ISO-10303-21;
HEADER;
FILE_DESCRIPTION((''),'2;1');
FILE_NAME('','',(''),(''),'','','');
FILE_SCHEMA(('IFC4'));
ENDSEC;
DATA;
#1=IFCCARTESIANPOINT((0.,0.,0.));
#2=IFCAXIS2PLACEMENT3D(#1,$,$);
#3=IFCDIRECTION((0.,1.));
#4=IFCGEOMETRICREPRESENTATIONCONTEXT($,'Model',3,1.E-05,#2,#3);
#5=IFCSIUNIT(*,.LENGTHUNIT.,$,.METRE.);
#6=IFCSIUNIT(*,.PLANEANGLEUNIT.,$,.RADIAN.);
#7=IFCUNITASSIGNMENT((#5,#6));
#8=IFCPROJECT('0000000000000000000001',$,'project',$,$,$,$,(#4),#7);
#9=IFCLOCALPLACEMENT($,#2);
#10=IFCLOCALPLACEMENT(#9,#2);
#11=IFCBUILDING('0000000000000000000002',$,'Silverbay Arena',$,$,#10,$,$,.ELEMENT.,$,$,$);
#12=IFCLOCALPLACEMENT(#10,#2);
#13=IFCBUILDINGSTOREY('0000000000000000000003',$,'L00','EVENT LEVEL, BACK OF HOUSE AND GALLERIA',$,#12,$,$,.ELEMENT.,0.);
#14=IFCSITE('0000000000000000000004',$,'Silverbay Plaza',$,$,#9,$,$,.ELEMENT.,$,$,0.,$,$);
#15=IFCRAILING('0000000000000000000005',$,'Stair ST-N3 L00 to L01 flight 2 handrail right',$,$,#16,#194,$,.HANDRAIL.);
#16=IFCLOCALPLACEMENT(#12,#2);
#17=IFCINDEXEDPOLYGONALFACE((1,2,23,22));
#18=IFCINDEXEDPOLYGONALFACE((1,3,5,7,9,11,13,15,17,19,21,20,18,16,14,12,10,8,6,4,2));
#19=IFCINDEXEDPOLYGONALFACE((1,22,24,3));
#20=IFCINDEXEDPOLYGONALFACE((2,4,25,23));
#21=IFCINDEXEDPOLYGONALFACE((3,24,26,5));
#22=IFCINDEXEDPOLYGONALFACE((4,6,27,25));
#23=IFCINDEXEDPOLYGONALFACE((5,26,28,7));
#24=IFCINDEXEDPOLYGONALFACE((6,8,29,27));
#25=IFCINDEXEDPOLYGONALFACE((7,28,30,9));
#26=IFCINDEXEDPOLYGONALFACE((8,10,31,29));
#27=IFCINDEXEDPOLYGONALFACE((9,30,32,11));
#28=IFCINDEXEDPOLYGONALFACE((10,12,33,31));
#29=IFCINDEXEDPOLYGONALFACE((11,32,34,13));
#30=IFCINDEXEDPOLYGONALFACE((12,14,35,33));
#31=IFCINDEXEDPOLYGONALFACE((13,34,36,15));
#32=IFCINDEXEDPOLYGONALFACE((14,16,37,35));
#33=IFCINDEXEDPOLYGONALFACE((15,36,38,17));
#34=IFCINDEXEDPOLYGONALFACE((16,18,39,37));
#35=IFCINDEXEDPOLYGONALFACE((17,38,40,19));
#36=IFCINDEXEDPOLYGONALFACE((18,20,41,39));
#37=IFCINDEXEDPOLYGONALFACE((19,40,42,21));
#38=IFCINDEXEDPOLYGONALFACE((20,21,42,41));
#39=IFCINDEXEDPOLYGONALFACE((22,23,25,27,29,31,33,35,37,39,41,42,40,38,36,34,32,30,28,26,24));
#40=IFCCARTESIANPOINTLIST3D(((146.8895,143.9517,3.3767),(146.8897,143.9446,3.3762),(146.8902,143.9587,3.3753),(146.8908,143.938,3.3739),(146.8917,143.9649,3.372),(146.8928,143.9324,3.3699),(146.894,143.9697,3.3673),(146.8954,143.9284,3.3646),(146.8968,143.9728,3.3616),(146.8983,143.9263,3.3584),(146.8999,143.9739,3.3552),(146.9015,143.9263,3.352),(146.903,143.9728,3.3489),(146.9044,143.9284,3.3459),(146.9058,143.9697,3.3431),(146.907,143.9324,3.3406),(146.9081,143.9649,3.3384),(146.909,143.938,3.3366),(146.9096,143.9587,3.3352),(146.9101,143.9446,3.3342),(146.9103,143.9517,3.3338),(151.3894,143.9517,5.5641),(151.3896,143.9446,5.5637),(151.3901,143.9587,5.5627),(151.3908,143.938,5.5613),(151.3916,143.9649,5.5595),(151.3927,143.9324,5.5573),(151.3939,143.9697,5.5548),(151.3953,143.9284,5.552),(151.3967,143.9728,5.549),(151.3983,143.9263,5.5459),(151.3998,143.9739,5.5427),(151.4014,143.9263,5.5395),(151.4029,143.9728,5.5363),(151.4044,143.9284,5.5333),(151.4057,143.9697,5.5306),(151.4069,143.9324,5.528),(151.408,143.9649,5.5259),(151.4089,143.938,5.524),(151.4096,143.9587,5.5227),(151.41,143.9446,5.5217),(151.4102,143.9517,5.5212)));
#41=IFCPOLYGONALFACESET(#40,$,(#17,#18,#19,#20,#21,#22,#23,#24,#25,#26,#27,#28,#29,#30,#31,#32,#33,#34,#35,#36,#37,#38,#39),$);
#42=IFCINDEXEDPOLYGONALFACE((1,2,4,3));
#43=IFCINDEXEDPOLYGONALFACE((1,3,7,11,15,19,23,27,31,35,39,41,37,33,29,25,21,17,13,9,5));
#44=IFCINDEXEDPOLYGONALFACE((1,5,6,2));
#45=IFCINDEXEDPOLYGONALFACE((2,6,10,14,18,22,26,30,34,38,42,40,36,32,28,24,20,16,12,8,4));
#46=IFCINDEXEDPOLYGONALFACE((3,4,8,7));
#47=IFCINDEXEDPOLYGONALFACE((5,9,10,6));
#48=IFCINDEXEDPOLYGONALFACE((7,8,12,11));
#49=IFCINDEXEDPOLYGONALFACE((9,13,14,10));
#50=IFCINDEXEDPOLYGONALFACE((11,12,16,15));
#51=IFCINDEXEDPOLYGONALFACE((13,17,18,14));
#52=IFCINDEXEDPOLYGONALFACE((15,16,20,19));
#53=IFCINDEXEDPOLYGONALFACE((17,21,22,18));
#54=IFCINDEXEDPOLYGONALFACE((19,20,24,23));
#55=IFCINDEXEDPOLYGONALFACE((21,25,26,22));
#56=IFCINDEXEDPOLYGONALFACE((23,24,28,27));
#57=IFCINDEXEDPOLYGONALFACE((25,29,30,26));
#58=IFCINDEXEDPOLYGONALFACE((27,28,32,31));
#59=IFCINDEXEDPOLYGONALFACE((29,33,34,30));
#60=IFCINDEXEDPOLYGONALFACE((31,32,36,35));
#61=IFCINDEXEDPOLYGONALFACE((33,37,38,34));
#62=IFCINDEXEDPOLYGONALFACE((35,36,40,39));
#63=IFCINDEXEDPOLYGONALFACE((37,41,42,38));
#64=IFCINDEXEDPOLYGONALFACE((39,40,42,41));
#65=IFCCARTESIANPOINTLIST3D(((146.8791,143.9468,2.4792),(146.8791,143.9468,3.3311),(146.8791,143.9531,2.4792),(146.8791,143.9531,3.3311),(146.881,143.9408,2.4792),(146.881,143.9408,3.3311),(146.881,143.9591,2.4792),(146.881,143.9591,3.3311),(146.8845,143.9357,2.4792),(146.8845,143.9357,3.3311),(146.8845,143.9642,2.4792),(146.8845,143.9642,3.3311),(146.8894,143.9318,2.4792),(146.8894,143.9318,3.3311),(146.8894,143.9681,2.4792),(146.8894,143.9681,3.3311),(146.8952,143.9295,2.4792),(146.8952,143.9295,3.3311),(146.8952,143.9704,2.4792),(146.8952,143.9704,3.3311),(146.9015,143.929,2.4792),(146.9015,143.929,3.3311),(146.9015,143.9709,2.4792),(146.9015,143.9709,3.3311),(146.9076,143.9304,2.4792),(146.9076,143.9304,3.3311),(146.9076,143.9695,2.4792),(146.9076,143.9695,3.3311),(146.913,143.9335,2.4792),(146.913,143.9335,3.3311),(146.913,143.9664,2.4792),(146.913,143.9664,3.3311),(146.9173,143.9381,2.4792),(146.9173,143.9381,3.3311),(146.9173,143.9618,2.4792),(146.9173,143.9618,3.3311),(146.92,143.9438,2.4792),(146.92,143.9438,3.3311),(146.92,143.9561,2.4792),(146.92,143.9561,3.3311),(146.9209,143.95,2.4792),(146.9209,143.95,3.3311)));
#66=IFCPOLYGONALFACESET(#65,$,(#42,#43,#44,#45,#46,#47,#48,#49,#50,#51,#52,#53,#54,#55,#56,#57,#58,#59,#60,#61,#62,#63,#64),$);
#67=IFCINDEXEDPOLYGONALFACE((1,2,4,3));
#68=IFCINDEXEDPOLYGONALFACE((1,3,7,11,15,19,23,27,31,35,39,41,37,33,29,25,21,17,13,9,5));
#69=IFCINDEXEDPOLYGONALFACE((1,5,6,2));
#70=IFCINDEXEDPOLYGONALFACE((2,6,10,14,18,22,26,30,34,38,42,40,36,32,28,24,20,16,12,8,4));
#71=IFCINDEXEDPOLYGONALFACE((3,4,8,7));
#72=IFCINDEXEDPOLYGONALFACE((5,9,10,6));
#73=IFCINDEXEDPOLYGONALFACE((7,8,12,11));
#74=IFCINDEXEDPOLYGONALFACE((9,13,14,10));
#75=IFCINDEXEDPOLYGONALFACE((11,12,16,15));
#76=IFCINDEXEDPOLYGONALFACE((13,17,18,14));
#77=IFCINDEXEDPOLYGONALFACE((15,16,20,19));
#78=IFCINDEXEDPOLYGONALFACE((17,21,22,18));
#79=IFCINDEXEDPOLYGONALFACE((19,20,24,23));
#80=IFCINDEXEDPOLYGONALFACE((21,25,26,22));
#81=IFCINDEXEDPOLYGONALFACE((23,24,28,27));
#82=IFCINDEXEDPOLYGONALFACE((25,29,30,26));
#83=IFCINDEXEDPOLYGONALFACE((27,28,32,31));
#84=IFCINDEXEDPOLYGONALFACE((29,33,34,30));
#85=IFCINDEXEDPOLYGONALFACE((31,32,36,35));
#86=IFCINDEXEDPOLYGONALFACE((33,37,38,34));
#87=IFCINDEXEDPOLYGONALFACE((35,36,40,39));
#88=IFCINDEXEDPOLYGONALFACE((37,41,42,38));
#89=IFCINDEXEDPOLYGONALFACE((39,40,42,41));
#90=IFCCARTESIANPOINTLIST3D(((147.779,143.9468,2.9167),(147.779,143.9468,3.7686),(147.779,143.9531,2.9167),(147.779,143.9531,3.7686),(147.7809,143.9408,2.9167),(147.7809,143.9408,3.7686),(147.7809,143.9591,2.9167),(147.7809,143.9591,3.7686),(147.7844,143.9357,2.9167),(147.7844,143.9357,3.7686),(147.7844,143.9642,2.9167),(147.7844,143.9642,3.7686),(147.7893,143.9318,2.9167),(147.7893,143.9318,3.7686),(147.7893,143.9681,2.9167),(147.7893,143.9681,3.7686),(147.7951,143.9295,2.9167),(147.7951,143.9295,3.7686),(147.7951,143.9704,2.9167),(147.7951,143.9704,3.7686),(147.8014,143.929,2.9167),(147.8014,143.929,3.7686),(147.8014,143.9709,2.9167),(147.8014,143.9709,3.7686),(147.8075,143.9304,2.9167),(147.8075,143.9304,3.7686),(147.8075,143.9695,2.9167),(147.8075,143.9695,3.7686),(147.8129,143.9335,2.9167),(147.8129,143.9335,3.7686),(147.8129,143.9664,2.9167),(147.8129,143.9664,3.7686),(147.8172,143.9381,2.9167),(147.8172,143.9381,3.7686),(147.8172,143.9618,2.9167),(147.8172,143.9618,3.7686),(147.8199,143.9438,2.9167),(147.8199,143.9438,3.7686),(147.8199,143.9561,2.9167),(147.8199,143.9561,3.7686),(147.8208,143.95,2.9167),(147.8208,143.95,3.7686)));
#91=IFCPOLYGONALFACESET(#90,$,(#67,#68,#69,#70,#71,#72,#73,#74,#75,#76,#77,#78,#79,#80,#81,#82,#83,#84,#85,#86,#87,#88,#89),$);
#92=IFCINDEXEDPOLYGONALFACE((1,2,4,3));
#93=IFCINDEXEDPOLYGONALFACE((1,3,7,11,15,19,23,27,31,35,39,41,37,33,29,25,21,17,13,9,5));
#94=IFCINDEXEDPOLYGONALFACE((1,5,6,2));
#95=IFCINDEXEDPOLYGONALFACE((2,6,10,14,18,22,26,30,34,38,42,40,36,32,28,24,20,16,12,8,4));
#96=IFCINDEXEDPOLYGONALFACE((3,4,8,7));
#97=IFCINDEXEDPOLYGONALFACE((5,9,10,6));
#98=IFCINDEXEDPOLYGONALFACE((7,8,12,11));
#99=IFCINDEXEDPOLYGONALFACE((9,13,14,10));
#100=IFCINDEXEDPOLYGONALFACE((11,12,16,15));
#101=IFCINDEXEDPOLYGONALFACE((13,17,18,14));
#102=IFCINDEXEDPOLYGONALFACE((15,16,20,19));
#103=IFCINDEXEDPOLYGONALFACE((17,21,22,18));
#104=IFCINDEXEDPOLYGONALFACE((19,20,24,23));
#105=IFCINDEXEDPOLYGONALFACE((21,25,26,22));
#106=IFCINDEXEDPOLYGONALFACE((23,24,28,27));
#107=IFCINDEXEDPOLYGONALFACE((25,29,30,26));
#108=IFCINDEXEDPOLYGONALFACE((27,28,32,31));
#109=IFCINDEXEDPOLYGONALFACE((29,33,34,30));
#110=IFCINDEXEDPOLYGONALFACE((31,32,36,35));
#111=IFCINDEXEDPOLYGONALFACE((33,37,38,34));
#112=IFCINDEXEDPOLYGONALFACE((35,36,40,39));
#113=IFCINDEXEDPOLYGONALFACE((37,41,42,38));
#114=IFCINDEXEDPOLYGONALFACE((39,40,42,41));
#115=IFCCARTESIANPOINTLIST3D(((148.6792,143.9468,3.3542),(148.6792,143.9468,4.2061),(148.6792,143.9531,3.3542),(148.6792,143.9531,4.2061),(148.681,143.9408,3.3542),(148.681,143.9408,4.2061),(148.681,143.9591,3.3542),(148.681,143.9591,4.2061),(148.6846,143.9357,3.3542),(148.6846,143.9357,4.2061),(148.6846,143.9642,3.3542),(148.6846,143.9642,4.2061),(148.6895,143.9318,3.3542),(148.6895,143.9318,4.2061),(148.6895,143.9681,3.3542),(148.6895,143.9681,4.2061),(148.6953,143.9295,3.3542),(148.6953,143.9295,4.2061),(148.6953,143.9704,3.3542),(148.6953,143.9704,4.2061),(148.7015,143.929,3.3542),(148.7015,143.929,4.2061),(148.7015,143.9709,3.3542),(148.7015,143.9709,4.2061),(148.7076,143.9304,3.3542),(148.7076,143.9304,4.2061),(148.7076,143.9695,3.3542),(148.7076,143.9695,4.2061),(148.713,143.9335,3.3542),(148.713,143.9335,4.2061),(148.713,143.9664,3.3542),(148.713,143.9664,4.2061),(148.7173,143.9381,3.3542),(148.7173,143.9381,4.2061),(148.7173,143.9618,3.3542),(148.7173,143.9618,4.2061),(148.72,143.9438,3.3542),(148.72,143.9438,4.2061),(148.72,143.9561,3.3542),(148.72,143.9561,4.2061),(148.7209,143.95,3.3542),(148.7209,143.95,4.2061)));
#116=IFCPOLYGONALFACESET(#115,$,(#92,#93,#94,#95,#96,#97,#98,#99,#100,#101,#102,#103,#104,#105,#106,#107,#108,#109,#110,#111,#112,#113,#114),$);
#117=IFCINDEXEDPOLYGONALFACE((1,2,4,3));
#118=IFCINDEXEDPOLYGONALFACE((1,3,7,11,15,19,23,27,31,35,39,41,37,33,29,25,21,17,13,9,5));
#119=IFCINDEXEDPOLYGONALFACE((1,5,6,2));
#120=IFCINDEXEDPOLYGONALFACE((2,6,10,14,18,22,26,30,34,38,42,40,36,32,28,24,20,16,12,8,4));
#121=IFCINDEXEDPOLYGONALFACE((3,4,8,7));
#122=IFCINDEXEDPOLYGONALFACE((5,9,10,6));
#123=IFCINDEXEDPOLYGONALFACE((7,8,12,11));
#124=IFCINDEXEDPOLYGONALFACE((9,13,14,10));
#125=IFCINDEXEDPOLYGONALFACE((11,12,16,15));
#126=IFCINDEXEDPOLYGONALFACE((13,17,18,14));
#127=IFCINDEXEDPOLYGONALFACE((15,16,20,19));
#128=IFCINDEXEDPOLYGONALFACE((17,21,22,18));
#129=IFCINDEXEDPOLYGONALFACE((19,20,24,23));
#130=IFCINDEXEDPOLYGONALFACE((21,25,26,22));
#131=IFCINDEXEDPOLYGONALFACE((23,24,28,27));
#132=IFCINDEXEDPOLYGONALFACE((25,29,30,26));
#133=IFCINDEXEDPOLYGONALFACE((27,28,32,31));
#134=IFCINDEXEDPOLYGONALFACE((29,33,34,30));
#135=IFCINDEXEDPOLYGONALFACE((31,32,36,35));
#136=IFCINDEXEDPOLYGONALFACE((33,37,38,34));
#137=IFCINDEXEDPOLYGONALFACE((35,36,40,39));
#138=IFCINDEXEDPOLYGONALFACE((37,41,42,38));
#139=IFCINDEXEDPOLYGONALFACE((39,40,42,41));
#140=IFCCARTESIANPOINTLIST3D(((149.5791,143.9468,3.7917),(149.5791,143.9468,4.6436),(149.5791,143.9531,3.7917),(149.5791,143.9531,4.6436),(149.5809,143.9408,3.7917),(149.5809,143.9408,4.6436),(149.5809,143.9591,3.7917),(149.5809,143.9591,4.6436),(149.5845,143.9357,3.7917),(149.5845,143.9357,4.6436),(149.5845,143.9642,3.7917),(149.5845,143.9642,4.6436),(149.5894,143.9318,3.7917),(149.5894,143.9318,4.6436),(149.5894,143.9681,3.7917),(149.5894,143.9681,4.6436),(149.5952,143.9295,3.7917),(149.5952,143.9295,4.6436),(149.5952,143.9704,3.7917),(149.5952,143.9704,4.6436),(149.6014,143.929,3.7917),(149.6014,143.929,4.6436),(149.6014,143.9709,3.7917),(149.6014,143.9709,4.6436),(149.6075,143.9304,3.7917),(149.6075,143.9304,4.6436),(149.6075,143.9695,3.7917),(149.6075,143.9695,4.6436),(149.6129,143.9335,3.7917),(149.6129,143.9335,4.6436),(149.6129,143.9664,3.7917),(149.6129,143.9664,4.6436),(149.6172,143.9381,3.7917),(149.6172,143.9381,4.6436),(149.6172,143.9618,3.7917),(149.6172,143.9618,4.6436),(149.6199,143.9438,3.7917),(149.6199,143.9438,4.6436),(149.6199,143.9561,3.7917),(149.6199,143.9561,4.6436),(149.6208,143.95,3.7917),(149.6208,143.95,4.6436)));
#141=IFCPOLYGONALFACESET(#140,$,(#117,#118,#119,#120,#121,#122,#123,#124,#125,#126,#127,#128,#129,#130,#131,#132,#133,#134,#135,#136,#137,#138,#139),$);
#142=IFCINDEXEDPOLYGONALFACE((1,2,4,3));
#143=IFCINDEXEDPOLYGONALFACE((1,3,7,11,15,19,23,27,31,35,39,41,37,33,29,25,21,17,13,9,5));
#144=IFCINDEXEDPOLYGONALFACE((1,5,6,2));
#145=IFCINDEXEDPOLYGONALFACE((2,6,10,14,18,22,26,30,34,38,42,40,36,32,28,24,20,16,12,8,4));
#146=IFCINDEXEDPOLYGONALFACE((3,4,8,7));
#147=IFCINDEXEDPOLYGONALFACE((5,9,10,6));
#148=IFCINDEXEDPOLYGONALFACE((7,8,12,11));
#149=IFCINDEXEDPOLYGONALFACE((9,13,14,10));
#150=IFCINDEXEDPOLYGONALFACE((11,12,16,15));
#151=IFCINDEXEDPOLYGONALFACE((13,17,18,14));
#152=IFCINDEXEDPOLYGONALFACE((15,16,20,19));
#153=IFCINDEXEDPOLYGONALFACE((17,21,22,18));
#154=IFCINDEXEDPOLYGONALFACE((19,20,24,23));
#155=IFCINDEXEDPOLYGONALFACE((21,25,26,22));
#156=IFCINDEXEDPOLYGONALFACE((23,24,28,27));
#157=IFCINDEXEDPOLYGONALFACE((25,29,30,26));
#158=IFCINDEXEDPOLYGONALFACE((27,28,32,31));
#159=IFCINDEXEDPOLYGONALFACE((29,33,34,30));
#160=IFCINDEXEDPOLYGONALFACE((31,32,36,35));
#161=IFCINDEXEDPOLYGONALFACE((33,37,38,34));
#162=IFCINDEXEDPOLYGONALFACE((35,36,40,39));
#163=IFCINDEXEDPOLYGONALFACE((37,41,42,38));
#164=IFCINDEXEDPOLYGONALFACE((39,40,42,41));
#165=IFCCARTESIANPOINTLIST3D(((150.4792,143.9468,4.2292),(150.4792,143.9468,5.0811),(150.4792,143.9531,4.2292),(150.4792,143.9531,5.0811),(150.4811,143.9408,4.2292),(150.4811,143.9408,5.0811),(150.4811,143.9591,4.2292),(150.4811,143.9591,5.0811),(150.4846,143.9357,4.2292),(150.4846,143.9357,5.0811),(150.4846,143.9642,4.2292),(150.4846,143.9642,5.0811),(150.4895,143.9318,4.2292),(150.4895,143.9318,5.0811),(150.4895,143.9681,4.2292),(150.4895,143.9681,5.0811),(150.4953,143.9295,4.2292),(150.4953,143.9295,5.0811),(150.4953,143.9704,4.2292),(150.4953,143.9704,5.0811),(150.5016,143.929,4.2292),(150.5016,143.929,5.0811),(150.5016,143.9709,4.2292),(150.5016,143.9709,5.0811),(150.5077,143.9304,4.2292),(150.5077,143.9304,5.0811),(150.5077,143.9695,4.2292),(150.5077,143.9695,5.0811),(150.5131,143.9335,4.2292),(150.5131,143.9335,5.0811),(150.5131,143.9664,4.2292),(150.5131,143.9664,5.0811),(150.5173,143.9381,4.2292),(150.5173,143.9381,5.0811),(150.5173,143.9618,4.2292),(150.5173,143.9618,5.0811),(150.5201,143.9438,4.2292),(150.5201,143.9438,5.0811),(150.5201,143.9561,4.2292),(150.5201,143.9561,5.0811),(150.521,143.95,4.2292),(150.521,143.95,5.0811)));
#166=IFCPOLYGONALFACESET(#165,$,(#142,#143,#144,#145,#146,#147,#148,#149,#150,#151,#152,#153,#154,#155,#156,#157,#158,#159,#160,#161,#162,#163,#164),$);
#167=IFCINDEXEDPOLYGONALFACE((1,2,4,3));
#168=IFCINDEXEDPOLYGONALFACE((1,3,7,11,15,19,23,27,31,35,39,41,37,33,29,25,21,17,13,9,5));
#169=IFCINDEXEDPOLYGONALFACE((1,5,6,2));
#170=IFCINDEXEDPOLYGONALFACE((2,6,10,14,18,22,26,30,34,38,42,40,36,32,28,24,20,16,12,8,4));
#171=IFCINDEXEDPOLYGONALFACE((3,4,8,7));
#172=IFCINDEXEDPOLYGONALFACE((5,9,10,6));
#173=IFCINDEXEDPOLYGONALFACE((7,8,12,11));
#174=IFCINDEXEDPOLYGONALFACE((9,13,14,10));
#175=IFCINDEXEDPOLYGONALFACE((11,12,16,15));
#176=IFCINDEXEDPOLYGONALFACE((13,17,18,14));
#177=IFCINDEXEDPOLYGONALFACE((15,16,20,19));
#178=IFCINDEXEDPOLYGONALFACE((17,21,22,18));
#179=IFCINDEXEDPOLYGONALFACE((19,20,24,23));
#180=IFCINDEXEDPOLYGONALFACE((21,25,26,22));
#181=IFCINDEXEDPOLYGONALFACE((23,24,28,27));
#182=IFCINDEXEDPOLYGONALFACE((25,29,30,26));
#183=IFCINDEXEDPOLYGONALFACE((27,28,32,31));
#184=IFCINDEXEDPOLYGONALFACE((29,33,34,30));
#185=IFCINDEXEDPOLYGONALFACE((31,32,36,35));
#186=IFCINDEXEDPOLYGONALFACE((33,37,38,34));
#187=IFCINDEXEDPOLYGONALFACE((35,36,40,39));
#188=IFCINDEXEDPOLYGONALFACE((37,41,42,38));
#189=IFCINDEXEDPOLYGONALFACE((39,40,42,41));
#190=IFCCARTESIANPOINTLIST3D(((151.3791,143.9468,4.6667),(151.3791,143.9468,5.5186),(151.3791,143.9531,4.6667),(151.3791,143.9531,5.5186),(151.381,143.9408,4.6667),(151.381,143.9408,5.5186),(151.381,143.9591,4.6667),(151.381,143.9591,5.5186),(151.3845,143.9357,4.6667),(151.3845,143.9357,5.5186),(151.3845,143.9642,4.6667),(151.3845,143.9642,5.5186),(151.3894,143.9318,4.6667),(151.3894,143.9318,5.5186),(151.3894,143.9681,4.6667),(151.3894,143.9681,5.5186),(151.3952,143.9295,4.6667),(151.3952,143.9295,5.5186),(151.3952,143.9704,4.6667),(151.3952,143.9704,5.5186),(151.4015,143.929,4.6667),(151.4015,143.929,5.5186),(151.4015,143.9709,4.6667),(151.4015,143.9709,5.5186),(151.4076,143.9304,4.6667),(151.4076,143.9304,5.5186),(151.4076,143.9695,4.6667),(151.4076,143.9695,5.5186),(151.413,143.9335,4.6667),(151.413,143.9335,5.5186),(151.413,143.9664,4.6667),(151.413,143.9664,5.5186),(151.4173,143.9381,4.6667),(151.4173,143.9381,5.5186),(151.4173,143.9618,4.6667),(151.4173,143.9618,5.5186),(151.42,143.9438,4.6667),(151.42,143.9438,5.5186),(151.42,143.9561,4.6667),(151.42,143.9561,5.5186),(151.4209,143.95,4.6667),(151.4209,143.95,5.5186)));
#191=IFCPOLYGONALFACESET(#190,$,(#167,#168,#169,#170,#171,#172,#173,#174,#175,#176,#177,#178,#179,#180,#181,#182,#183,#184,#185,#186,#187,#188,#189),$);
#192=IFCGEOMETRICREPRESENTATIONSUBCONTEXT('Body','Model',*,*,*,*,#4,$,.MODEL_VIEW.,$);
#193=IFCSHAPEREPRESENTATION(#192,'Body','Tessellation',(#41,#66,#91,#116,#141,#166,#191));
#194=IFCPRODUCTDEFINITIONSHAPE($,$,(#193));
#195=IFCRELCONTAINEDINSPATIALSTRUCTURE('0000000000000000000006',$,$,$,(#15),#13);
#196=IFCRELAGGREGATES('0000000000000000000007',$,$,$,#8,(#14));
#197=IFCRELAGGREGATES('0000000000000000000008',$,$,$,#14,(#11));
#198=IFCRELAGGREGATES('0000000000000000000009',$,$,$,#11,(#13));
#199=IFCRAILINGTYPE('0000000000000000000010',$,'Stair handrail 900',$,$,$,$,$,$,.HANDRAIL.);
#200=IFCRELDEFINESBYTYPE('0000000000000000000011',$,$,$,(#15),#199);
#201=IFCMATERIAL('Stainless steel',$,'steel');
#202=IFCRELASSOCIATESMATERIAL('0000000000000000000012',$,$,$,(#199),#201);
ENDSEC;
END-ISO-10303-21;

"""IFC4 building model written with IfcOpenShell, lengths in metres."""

from ifc_helpers import new_model, si_unit, direction, frame, origin, origin_2d, place, context, subcontext, project, spatial, circle, extrude, material, type_object, element, save


model = new_model("IFC4")

# Units and contexts
model_context = context("Model", 3, precision=1e-05, world=origin(), true_north=direction((0.0, 1.0)))
body_context = subcontext(model_context, "Body", "Model", "MODEL_VIEW")
ifc_project = project(units=[si_unit("LENGTHUNIT", "METRE"), si_unit("PLANEANGLEUNIT", "RADIAN")], contexts=[model_context])

# Site, building, storey
site_placement = place(None, origin())
site = spatial("IfcSite", under=ifc_project, at=site_placement, Name="Silverbay Plaza", CompositionType="ELEMENT", RefElevation=0.0)
building_placement = place(site_placement, origin())
building = spatial("IfcBuilding", under=site, at=building_placement, Name="Silverbay Arena", CompositionType="ELEMENT")
storey_placement = place(building_placement, origin())
storey = spatial("IfcBuildingStorey", under=building, at=storey_placement, Name="L00", Description="EVENT LEVEL, BACK OF HOUSE AND GALLERIA", CompositionType="ELEMENT", Elevation=0.0)

# Railing
ifc_material_1 = material(Name="Stainless steel", Category="steel")
railing_type_1 = type_object("IfcRailingType", Name="Stair handrail 900", PredefinedType="HANDRAIL", material=ifc_material_1)
for number, where, name in (
    (1, (146.8999, 143.95, 2.4792), "Stair ST-N3 L00 to L01 flight 2 handrail right"),
):
    element("IfcRailing", number, at=place(storey_placement, frame(where)), inside=storey, type_object=railing_type_1, Name=name, PredefinedType="HANDRAIL", context=body_context, shape_type="SweptSolid", body=[
        extrude(circle(Radius=0.0239, at=origin_2d()), frame((0.0, 0.0, 0.876), z_axis=(0.899368, 0.0, 0.437193), x_axis=(0.0, 1.0, 0.0)), (0.0, 0.0, 1.0), 5.0034),
        extrude(circle(Radius=0.021, at=origin_2d()), origin(), (0.0, 0.0, 1.0), 0.8518),
        extrude(circle(Radius=0.021, at=origin_2d()), frame((0.8999, 0.0, 0.4375)), (0.0, 0.0, 1.0), 0.8518),
        extrude(circle(Radius=0.021, at=origin_2d()), frame((1.8, 0.0, 0.875)), (0.0, 0.0, 1.0), 0.8518),
        extrude(circle(Radius=0.021, at=origin_2d()), frame((2.7, 0.0, 1.3125)), (0.0, 0.0, 1.0), 0.8518),
        extrude(circle(Radius=0.021, at=origin_2d()), frame((3.6001, 0.0, 1.75)), (0.0, 0.0, 1.0), 0.8518),
        extrude(circle(Radius=0.021, at=origin_2d()), frame((4.5, 0.0, 2.1875)), (0.0, 0.0, 1.0), 0.8518),
    ])

save(model, "model.ifc")
